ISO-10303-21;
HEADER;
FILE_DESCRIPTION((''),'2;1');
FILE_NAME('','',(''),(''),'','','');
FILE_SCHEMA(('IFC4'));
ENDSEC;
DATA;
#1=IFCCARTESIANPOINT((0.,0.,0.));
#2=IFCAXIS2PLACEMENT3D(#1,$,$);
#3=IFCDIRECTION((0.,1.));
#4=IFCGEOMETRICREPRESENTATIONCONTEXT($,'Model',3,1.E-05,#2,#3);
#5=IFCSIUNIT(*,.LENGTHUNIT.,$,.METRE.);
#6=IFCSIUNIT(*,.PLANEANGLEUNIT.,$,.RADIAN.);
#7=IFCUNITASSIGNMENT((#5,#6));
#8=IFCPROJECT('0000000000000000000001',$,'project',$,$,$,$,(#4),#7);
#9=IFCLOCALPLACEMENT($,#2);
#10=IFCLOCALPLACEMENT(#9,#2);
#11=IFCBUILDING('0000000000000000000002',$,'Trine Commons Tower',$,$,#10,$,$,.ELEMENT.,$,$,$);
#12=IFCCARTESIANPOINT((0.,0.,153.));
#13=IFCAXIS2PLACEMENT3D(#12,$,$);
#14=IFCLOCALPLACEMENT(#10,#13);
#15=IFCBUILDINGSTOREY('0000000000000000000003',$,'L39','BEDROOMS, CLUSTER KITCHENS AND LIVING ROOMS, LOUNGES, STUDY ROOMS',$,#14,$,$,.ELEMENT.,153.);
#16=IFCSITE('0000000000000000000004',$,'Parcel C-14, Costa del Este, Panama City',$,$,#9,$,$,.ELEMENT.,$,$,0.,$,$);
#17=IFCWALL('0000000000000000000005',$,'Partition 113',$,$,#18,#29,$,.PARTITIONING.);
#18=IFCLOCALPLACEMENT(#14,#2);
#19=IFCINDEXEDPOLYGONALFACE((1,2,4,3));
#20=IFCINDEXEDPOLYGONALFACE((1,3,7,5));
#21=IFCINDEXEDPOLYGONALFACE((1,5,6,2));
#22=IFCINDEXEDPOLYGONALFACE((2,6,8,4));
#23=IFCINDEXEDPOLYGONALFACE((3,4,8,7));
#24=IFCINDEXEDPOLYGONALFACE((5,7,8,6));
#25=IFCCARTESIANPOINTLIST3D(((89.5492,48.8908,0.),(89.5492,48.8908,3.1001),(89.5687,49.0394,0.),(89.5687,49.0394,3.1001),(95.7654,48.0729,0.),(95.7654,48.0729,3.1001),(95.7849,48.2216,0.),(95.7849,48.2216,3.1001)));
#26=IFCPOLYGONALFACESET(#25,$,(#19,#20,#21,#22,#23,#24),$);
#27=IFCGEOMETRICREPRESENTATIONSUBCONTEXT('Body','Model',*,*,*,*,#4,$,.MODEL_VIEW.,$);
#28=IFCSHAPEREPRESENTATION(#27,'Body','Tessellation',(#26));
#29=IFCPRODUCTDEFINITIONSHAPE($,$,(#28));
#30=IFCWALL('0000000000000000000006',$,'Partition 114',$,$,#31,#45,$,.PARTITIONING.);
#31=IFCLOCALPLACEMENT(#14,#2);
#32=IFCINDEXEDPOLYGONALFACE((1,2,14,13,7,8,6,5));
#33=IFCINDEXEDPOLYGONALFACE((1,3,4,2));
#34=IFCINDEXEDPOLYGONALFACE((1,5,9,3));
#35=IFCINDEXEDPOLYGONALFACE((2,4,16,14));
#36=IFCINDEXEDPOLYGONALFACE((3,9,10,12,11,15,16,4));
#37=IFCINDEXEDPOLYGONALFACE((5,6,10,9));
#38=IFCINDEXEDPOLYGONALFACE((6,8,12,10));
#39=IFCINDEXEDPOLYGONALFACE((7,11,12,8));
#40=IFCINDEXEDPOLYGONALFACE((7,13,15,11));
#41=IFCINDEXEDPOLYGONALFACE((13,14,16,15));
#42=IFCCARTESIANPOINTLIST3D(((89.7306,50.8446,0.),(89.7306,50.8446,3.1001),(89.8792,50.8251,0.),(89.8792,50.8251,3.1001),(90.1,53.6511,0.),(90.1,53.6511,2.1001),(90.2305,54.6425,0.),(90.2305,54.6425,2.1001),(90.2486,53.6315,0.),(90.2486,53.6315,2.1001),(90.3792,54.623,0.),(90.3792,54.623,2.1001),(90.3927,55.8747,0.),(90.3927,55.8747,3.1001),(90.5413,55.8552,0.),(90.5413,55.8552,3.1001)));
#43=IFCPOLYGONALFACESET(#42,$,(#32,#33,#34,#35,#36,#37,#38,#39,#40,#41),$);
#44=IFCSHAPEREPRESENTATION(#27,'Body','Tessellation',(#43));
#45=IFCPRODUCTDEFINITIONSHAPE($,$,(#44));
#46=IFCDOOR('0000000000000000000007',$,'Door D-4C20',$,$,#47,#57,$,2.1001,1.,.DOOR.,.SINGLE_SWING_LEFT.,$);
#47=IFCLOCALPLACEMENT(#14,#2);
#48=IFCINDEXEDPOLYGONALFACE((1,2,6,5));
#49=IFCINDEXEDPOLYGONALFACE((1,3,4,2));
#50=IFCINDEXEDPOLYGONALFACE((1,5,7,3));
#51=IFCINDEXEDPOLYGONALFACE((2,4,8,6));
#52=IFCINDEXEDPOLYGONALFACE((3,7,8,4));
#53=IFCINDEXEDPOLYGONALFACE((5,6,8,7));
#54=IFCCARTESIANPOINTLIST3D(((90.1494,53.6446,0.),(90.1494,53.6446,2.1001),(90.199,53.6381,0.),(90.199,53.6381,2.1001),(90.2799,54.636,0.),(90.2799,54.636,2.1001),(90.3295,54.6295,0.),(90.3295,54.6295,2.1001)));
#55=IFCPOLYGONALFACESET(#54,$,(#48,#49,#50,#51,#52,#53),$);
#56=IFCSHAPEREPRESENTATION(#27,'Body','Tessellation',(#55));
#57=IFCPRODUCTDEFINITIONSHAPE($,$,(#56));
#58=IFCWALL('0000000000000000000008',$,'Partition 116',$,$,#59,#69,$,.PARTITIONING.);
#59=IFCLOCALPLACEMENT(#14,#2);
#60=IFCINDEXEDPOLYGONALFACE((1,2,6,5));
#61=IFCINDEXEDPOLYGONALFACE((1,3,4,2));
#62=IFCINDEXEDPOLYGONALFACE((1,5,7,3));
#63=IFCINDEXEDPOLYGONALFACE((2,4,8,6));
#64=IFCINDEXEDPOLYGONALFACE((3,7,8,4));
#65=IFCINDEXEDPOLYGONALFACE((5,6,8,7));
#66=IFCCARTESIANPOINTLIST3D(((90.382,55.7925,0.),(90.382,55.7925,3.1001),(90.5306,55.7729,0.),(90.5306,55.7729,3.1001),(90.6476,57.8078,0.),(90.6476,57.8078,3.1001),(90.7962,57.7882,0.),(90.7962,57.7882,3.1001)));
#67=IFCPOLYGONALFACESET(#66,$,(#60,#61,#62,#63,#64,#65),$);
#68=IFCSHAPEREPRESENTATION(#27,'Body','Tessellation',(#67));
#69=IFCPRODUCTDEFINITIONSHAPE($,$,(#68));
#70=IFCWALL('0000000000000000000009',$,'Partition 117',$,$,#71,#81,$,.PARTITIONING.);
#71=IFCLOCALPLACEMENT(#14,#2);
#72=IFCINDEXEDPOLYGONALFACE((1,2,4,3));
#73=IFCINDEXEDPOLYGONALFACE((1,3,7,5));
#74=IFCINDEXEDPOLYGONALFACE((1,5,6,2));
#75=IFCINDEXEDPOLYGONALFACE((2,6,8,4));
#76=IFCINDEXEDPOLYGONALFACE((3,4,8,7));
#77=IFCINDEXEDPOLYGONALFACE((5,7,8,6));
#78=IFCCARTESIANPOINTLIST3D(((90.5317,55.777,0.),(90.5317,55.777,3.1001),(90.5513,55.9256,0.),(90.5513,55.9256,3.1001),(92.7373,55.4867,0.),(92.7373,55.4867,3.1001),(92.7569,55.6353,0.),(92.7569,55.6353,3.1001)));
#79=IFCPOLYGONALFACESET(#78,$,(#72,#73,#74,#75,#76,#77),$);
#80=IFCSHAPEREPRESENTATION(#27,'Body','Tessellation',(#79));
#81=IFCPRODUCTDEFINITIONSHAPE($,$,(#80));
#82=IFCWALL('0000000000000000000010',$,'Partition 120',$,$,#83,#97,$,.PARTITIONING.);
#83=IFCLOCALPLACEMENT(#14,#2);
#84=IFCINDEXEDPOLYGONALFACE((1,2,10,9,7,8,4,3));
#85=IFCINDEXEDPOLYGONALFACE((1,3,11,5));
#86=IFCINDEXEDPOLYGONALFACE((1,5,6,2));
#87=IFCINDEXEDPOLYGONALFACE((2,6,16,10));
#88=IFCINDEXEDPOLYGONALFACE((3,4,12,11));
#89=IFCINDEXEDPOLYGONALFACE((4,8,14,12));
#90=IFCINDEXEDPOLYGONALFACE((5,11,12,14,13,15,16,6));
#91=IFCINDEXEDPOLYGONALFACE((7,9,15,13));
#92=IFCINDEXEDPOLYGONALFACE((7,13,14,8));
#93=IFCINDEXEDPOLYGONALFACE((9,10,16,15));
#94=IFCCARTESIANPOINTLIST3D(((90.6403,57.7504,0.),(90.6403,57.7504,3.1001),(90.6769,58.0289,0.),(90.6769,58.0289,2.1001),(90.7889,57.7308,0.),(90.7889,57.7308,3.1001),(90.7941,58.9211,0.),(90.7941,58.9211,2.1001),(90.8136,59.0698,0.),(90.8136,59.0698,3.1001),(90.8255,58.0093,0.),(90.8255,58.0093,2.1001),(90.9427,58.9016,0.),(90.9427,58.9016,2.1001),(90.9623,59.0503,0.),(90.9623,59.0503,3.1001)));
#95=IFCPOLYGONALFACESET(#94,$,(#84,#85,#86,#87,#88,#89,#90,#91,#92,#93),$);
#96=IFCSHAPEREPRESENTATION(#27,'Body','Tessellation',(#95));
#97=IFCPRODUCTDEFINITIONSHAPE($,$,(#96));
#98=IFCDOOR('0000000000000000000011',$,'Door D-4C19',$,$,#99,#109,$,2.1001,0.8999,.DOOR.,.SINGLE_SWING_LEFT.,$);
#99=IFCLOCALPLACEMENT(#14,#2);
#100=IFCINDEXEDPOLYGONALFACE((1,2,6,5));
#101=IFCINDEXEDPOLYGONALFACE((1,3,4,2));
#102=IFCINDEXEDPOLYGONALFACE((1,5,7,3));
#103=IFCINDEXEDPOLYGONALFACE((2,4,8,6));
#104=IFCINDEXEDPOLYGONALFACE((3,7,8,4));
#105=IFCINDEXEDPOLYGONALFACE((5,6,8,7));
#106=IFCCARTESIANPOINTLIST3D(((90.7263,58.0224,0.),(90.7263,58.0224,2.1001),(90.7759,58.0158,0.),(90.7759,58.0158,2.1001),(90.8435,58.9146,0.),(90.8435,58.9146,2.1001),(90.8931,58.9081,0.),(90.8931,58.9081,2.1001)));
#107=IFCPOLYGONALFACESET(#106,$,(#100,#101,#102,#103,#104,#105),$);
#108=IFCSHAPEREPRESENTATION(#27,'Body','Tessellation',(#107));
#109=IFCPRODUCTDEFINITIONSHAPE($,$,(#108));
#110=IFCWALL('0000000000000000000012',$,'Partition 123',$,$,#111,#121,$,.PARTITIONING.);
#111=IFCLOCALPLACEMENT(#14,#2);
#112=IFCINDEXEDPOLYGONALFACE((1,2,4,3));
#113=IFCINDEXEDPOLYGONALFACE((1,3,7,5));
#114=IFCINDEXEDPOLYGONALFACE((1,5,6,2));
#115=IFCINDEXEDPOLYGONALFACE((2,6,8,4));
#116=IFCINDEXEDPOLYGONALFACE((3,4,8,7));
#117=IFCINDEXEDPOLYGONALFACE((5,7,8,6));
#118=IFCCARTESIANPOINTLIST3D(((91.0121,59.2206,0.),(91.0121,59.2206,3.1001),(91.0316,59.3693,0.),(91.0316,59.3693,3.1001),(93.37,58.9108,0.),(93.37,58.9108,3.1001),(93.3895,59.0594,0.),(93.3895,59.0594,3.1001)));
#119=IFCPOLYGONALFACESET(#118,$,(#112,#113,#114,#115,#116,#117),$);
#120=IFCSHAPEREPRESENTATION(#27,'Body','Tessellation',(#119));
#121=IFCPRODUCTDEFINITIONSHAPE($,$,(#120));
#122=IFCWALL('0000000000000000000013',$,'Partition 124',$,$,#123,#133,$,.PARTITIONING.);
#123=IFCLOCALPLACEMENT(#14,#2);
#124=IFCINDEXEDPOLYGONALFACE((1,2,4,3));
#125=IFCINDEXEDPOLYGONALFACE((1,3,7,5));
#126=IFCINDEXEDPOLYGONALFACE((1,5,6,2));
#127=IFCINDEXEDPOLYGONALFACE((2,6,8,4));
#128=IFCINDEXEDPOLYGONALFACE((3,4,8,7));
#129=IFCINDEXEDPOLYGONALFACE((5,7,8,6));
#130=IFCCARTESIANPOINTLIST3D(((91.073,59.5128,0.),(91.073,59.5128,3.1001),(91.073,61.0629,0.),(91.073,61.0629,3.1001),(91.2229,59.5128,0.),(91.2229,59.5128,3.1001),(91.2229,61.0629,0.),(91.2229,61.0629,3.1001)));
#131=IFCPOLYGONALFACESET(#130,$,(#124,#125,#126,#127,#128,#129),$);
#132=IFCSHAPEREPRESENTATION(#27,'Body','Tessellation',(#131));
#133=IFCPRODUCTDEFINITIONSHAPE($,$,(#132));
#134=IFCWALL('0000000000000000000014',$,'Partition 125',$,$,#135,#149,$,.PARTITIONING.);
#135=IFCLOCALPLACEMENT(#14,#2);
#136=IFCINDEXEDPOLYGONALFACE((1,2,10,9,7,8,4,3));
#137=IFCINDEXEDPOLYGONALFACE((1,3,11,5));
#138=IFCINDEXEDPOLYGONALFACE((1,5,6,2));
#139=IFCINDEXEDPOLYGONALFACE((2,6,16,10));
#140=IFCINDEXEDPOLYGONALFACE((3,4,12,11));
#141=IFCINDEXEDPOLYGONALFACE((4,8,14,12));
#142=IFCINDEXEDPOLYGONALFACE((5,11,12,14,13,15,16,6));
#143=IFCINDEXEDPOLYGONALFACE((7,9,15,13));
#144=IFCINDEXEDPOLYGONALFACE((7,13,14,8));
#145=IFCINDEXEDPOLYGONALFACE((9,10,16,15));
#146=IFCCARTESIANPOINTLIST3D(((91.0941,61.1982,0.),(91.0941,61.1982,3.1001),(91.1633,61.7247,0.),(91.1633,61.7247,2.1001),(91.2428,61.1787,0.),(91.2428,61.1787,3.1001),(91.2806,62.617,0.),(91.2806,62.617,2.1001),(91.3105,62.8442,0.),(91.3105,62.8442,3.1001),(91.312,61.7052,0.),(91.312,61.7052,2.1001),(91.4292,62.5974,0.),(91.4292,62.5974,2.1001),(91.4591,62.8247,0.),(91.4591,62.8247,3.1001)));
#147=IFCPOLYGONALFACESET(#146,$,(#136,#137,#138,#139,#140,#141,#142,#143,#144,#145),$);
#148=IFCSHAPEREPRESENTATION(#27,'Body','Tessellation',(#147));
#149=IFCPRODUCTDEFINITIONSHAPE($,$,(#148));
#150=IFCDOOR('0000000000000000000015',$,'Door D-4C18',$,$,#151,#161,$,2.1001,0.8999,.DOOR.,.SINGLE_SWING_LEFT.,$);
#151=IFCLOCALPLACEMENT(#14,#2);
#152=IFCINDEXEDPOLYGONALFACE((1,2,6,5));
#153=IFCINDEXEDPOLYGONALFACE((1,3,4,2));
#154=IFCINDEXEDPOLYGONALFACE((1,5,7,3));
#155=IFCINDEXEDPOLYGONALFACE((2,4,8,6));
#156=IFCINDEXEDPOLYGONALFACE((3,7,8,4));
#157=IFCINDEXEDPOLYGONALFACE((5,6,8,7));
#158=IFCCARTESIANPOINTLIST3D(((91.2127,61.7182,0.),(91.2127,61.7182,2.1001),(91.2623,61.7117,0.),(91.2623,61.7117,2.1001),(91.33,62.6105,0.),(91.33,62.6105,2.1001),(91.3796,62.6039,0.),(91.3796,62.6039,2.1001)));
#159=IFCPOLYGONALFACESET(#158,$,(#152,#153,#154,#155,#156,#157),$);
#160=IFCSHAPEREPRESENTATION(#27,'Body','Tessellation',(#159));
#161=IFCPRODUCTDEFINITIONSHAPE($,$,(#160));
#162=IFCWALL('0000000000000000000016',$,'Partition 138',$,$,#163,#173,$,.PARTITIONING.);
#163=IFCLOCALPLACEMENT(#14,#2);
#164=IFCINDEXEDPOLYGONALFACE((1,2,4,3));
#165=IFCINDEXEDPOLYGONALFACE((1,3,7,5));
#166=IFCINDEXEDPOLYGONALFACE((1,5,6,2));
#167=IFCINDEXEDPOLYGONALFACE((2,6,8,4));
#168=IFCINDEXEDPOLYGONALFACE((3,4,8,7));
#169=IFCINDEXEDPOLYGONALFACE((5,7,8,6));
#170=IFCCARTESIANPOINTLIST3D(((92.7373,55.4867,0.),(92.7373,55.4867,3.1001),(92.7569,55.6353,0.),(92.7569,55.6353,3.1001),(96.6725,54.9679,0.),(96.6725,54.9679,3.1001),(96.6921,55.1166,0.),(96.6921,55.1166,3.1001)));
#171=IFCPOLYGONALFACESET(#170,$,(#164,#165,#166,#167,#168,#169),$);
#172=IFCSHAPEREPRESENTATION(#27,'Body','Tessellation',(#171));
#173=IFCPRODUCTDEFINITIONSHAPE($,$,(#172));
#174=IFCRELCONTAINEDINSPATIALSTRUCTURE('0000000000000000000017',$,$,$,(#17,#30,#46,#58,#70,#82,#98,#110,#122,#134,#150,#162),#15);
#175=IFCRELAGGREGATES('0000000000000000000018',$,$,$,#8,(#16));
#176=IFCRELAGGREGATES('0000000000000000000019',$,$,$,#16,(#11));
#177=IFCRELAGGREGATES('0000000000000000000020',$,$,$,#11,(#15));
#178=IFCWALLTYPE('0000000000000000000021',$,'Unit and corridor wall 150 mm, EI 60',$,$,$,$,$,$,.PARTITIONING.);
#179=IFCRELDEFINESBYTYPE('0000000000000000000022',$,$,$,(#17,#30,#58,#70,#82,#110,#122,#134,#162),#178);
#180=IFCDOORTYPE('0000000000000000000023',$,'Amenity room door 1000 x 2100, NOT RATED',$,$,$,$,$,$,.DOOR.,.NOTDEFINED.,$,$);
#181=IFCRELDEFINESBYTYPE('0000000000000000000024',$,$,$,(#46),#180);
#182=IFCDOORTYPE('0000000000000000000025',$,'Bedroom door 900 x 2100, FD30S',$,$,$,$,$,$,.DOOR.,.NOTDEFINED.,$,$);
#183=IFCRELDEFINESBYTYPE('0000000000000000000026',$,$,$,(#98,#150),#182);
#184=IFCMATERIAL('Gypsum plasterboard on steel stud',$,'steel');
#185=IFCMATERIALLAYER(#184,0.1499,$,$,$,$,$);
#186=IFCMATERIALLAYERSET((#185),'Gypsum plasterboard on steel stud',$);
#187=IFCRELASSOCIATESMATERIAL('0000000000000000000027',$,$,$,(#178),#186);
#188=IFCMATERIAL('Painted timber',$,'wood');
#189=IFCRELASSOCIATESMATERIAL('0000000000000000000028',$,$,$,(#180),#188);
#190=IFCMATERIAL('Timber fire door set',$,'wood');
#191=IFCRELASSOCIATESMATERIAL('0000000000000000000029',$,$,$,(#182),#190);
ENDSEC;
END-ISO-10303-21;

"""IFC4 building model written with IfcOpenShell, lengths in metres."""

from ifc_helpers import new_model, si_unit, direction, frame, frame_2d, origin, place, context, subcontext, project, spatial, rectangle, extrude, material, layer, layer_set, type_object, element, fill, save


model = new_model("IFC4")

# Units and contexts
model_context = context("Model", 3, precision=1e-05, world=origin(), true_north=direction((0.0, 1.0)))
body_context = subcontext(model_context, "Body", "Model", "MODEL_VIEW")
ifc_project = project(units=[si_unit("LENGTHUNIT", "METRE"), si_unit("PLANEANGLEUNIT", "RADIAN")], contexts=[model_context])

# Site, building, storey
site_placement = place(None, origin())
site = spatial("IfcSite", under=ifc_project, at=site_placement, Name="Parcel C-14, Costa del Este, Panama City", CompositionType="ELEMENT", RefElevation=0.0)
building_placement = place(site_placement, origin())
building = spatial("IfcBuilding", under=site, at=building_placement, Name="Trine Commons Tower", CompositionType="ELEMENT")
storey_placement = place(building_placement, frame((0.0, 0.0, 153.0)))
storey = spatial("IfcBuildingStorey", under=building, at=storey_placement, Name="L39", Description="BEDROOMS, CLUSTER KITCHENS AND LIVING ROOMS, LOUNGES, STUDY ROOMS", CompositionType="ELEMENT", Elevation=153.0)

# Wall
ifc_material_1 = material(Name="Gypsum plasterboard on steel stud", Category="steel")
ifc_layer_1 = layer(ifc_material_1, 0.1499)
ifc_layer_set_1 = layer_set([ifc_layer_1], Name="Gypsum plasterboard on steel stud")
wall_type_1 = type_object("IfcWallType", Name="Unit and corridor wall 150 mm, EI 60", PredefinedType="PARTITIONING", material=ifc_layer_set_1)
wall_1_placement = place(storey_placement, frame((89.5591, 48.9651, 0.0), z_axis=(0.0, 0.0, 1.0), x_axis=(0.991456, -0.130444, 0.0)))
element("IfcWall", 1, at=wall_1_placement, inside=storey, type_object=wall_type_1, Name="Partition 113", PredefinedType="PARTITIONING", context=body_context, shape_type="SweptSolid", body=[
    extrude(rectangle(XDim=6.2698, YDim=0.1499, at=frame_2d((3.1348, 0.0))), origin(), (0.0, 0.0, 1.0), 3.1001),
])

# Wall, opening, door
wall_2_placement = place(storey_placement, frame((89.8049, 50.835, 0.0), z_axis=(0.0, 0.0, 1.0), x_axis=(0.130506, 0.991448, 0.0)))
wall_2 = element("IfcWall", 2, at=wall_2_placement, inside=storey, type_object=wall_type_1, Name="Partition 114", PredefinedType="PARTITIONING", context=body_context, shape_type="SweptSolid", body=[
    extrude(rectangle(XDim=5.0735, YDim=0.1499, at=frame_2d((2.5366, 0.0))), origin(), (0.0, 0.0, 1.0), 3.1001),
])
opening_1_placement = place(wall_2_placement, frame((2.8306, 0.0, 0.0)))
opening_1 = element("IfcOpeningElement", 3, at=opening_1_placement, cuts=wall_2, PredefinedType="OPENING", context=body_context, shape_type="SweptSolid", body=[
    extrude(rectangle(XDim=1.0, YDim=2.1001, at=frame_2d((0.5, 1.05))), frame((0.0, 0.085, 0.0), z_axis=(0.0, -1.0, 0.0), x_axis=(1.0, 0.0, 0.0)), (0.0, 0.0, 1.0), 0.1699),
])
ifc_material_2 = material(Name="Painted timber", Category="wood")
door_type_1 = type_object("IfcDoorType", Name="Amenity room door 1000 x 2100, NOT RATED", OperationType="NOTDEFINED", PredefinedType="DOOR", material=ifc_material_2)
door_1_placement = place(opening_1_placement, frame((1.0, 0.0, 0.0), z_axis=(0.0, 0.0, 1.0), x_axis=(-1.0, 0.0, 0.0)))
door_1 = element("IfcDoor", 4, at=door_1_placement, inside=storey, type_object=door_type_1, Name="Door D-4C20", OperationType="SINGLE_SWING_LEFT", OverallHeight=2.1001, OverallWidth=1.0, PredefinedType="DOOR", context=body_context, shape_type="SweptSolid", body=[
    extrude(rectangle(XDim=1.0, YDim=2.1001, at=frame_2d((0.5, 1.05))), frame((0.0, 0.0249, 0.0), z_axis=(0.0, -1.0, 0.0), x_axis=(1.0, 0.0, 0.0)), (0.0, 0.0, 1.0), 0.05),
])
fill(opening_1, door_1)

# Walls
wall_3_placement = place(storey_placement, frame((90.4563, 55.7827, 0.0), z_axis=(0.0, 0.0, 1.0), x_axis=(0.130669, 0.991426, 0.0)))
element("IfcWall", 5, at=wall_3_placement, inside=storey, type_object=wall_type_1, Name="Partition 116", PredefinedType="PARTITIONING", context=body_context, shape_type="SweptSolid", body=[
    extrude(rectangle(XDim=2.0327, YDim=0.1499, at=frame_2d((1.0164, 0.0))), origin(), (0.0, 0.0, 1.0), 3.1001),
])
wall_4_placement = place(storey_placement, frame((90.5415, 55.8513, 0.0), z_axis=(0.0, 0.0, 1.0), x_axis=(0.99145, -0.130489, 0.0)))
element("IfcWall", 6, at=wall_4_placement, inside=storey, type_object=wall_type_1, Name="Partition 117", PredefinedType="PARTITIONING", context=body_context, shape_type="SweptSolid", body=[
    extrude(rectangle(XDim=2.2246, YDim=0.1499, at=frame_2d((1.1123, 0.0))), origin(), (0.0, 0.0, 1.0), 3.1001),
])

# Wall, opening, door
wall_5_placement = place(storey_placement, frame((90.7146, 57.7405, 0.0), z_axis=(0.0, 0.0, 1.0), x_axis=(0.130241, 0.991482, 0.0)))
wall_5 = element("IfcWall", 7, at=wall_5_placement, inside=storey, type_object=wall_type_1, Name="Partition 120", PredefinedType="PARTITIONING", context=body_context, shape_type="SweptSolid", body=[
    extrude(rectangle(XDim=1.3308, YDim=0.1499, at=frame_2d((0.6655, 0.0))), origin(), (0.0, 0.0, 1.0), 3.1001),
])
opening_2_placement = place(wall_5_placement, frame((0.281, 0.0, 0.0)))
opening_2 = element("IfcOpeningElement", 8, at=opening_2_placement, cuts=wall_5, PredefinedType="OPENING", context=body_context, shape_type="SweptSolid", body=[
    extrude(rectangle(XDim=0.8999, YDim=2.1001, at=frame_2d((0.45, 1.05))), frame((0.0, 0.085, 0.0), z_axis=(0.0, -1.0, 0.0), x_axis=(1.0, 0.0, 0.0)), (0.0, 0.0, 1.0), 0.1699),
])
ifc_material_3 = material(Name="Timber fire door set", Category="wood")
door_type_2 = type_object("IfcDoorType", Name="Bedroom door 900 x 2100, FD30S", OperationType="NOTDEFINED", PredefinedType="DOOR", material=ifc_material_3)
door_2_placement = place(opening_2_placement, frame((0.8999, 0.0, 0.0), z_axis=(0.0, 0.0, 1.0), x_axis=(-1.0, 0.0, 0.0)))
door_2 = element("IfcDoor", 9, at=door_2_placement, inside=storey, type_object=door_type_2, Name="Door D-4C19", OperationType="SINGLE_SWING_LEFT", OverallHeight=2.1001, OverallWidth=0.8999, PredefinedType="DOOR", context=body_context, shape_type="SweptSolid", body=[
    extrude(rectangle(XDim=0.8999, YDim=2.1001, at=frame_2d((0.45, 1.05))), frame((0.0, 0.0249, 0.0), z_axis=(0.0, -1.0, 0.0), x_axis=(1.0, 0.0, 0.0)), (0.0, 0.0, 1.0), 0.05),
])
fill(opening_2, door_2)

# Walls
wall_6_placement = place(storey_placement, frame((91.022, 59.2949, 0.0), z_axis=(0.0, 0.0, 1.0), x_axis=(0.991478, -0.130274, 0.0)))
element("IfcWall", 10, at=wall_6_placement, inside=storey, type_object=wall_type_1, Name="Partition 123", PredefinedType="PARTITIONING", context=body_context, shape_type="SweptSolid", body=[
    extrude(rectangle(XDim=2.3782, YDim=0.1499, at=frame_2d((1.189, 0.0))), origin(), (0.0, 0.0, 1.0), 3.1001),
])
wall_7_placement = place(storey_placement, frame((91.1479, 59.5129, 0.0), z_axis=(0.0, 0.0, 1.0), x_axis=(0.0, 1.0, 0.0)))
element("IfcWall", 11, at=wall_7_placement, inside=storey, type_object=wall_type_1, Name="Partition 124", PredefinedType="PARTITIONING", context=body_context, shape_type="SweptSolid", body=[
    extrude(rectangle(XDim=1.55, YDim=0.1499, at=frame_2d((0.7749, 0.0))), origin(), (0.0, 0.0, 1.0), 3.1001),
])

# Wall, opening, door
wall_8_placement = place(storey_placement, frame((91.1685, 61.1885, 0.0), z_axis=(0.0, 0.0, 1.0), x_axis=(0.130295, 0.991475, 0.0)))
wall_8 = element("IfcWall", 12, at=wall_8_placement, inside=storey, type_object=wall_type_1, Name="Partition 125", PredefinedType="PARTITIONING", context=body_context, shape_type="SweptSolid", body=[
    extrude(rectangle(XDim=1.6602, YDim=0.1499, at=frame_2d((0.8301, 0.0))), origin(), (0.0, 0.0, 1.0), 3.1001),
])
opening_3_placement = place(wall_8_placement, frame((0.531, 0.0, 0.0)))
opening_3 = element("IfcOpeningElement", 13, at=opening_3_placement, cuts=wall_8, PredefinedType="OPENING", context=body_context, shape_type="SweptSolid", body=[
    extrude(rectangle(XDim=0.8999, YDim=2.1001, at=frame_2d((0.45, 1.05))), frame((0.0, 0.085, 0.0), z_axis=(0.0, -1.0, 0.0), x_axis=(1.0, 0.0, 0.0)), (0.0, 0.0, 1.0), 0.1699),
])
door_3_placement = place(opening_3_placement, frame((0.8999, 0.0, 0.0), z_axis=(0.0, 0.0, 1.0), x_axis=(-1.0, 0.0, 0.0)))
door_3 = element("IfcDoor", 14, at=door_3_placement, inside=storey, type_object=door_type_2, Name="Door D-4C18", OperationType="SINGLE_SWING_LEFT", OverallHeight=2.1001, OverallWidth=0.8999, PredefinedType="DOOR", context=body_context, shape_type="SweptSolid", body=[
    extrude(rectangle(XDim=0.8999, YDim=2.1001, at=frame_2d((0.45, 1.05))), frame((0.0, 0.0249, 0.0), z_axis=(0.0, -1.0, 0.0), x_axis=(1.0, 0.0, 0.0)), (0.0, 0.0, 1.0), 0.05),
])
fill(opening_3, door_3)

# Wall
wall_9_placement = place(storey_placement, frame((92.7471, 55.561, 0.0), z_axis=(0.0, 0.0, 1.0), x_axis=(0.991422, -0.130701, 0.0)))
element("IfcWall", 15, at=wall_9_placement, inside=storey, type_object=wall_type_1, Name="Partition 138", PredefinedType="PARTITIONING", context=body_context, shape_type="SweptSolid", body=[
    extrude(rectangle(XDim=3.9692, YDim=0.1499, at=frame_2d((1.9846, 0.0))), origin(), (0.0, 0.0, 1.0), 3.1001),
])

save(model, "model.ifc")
